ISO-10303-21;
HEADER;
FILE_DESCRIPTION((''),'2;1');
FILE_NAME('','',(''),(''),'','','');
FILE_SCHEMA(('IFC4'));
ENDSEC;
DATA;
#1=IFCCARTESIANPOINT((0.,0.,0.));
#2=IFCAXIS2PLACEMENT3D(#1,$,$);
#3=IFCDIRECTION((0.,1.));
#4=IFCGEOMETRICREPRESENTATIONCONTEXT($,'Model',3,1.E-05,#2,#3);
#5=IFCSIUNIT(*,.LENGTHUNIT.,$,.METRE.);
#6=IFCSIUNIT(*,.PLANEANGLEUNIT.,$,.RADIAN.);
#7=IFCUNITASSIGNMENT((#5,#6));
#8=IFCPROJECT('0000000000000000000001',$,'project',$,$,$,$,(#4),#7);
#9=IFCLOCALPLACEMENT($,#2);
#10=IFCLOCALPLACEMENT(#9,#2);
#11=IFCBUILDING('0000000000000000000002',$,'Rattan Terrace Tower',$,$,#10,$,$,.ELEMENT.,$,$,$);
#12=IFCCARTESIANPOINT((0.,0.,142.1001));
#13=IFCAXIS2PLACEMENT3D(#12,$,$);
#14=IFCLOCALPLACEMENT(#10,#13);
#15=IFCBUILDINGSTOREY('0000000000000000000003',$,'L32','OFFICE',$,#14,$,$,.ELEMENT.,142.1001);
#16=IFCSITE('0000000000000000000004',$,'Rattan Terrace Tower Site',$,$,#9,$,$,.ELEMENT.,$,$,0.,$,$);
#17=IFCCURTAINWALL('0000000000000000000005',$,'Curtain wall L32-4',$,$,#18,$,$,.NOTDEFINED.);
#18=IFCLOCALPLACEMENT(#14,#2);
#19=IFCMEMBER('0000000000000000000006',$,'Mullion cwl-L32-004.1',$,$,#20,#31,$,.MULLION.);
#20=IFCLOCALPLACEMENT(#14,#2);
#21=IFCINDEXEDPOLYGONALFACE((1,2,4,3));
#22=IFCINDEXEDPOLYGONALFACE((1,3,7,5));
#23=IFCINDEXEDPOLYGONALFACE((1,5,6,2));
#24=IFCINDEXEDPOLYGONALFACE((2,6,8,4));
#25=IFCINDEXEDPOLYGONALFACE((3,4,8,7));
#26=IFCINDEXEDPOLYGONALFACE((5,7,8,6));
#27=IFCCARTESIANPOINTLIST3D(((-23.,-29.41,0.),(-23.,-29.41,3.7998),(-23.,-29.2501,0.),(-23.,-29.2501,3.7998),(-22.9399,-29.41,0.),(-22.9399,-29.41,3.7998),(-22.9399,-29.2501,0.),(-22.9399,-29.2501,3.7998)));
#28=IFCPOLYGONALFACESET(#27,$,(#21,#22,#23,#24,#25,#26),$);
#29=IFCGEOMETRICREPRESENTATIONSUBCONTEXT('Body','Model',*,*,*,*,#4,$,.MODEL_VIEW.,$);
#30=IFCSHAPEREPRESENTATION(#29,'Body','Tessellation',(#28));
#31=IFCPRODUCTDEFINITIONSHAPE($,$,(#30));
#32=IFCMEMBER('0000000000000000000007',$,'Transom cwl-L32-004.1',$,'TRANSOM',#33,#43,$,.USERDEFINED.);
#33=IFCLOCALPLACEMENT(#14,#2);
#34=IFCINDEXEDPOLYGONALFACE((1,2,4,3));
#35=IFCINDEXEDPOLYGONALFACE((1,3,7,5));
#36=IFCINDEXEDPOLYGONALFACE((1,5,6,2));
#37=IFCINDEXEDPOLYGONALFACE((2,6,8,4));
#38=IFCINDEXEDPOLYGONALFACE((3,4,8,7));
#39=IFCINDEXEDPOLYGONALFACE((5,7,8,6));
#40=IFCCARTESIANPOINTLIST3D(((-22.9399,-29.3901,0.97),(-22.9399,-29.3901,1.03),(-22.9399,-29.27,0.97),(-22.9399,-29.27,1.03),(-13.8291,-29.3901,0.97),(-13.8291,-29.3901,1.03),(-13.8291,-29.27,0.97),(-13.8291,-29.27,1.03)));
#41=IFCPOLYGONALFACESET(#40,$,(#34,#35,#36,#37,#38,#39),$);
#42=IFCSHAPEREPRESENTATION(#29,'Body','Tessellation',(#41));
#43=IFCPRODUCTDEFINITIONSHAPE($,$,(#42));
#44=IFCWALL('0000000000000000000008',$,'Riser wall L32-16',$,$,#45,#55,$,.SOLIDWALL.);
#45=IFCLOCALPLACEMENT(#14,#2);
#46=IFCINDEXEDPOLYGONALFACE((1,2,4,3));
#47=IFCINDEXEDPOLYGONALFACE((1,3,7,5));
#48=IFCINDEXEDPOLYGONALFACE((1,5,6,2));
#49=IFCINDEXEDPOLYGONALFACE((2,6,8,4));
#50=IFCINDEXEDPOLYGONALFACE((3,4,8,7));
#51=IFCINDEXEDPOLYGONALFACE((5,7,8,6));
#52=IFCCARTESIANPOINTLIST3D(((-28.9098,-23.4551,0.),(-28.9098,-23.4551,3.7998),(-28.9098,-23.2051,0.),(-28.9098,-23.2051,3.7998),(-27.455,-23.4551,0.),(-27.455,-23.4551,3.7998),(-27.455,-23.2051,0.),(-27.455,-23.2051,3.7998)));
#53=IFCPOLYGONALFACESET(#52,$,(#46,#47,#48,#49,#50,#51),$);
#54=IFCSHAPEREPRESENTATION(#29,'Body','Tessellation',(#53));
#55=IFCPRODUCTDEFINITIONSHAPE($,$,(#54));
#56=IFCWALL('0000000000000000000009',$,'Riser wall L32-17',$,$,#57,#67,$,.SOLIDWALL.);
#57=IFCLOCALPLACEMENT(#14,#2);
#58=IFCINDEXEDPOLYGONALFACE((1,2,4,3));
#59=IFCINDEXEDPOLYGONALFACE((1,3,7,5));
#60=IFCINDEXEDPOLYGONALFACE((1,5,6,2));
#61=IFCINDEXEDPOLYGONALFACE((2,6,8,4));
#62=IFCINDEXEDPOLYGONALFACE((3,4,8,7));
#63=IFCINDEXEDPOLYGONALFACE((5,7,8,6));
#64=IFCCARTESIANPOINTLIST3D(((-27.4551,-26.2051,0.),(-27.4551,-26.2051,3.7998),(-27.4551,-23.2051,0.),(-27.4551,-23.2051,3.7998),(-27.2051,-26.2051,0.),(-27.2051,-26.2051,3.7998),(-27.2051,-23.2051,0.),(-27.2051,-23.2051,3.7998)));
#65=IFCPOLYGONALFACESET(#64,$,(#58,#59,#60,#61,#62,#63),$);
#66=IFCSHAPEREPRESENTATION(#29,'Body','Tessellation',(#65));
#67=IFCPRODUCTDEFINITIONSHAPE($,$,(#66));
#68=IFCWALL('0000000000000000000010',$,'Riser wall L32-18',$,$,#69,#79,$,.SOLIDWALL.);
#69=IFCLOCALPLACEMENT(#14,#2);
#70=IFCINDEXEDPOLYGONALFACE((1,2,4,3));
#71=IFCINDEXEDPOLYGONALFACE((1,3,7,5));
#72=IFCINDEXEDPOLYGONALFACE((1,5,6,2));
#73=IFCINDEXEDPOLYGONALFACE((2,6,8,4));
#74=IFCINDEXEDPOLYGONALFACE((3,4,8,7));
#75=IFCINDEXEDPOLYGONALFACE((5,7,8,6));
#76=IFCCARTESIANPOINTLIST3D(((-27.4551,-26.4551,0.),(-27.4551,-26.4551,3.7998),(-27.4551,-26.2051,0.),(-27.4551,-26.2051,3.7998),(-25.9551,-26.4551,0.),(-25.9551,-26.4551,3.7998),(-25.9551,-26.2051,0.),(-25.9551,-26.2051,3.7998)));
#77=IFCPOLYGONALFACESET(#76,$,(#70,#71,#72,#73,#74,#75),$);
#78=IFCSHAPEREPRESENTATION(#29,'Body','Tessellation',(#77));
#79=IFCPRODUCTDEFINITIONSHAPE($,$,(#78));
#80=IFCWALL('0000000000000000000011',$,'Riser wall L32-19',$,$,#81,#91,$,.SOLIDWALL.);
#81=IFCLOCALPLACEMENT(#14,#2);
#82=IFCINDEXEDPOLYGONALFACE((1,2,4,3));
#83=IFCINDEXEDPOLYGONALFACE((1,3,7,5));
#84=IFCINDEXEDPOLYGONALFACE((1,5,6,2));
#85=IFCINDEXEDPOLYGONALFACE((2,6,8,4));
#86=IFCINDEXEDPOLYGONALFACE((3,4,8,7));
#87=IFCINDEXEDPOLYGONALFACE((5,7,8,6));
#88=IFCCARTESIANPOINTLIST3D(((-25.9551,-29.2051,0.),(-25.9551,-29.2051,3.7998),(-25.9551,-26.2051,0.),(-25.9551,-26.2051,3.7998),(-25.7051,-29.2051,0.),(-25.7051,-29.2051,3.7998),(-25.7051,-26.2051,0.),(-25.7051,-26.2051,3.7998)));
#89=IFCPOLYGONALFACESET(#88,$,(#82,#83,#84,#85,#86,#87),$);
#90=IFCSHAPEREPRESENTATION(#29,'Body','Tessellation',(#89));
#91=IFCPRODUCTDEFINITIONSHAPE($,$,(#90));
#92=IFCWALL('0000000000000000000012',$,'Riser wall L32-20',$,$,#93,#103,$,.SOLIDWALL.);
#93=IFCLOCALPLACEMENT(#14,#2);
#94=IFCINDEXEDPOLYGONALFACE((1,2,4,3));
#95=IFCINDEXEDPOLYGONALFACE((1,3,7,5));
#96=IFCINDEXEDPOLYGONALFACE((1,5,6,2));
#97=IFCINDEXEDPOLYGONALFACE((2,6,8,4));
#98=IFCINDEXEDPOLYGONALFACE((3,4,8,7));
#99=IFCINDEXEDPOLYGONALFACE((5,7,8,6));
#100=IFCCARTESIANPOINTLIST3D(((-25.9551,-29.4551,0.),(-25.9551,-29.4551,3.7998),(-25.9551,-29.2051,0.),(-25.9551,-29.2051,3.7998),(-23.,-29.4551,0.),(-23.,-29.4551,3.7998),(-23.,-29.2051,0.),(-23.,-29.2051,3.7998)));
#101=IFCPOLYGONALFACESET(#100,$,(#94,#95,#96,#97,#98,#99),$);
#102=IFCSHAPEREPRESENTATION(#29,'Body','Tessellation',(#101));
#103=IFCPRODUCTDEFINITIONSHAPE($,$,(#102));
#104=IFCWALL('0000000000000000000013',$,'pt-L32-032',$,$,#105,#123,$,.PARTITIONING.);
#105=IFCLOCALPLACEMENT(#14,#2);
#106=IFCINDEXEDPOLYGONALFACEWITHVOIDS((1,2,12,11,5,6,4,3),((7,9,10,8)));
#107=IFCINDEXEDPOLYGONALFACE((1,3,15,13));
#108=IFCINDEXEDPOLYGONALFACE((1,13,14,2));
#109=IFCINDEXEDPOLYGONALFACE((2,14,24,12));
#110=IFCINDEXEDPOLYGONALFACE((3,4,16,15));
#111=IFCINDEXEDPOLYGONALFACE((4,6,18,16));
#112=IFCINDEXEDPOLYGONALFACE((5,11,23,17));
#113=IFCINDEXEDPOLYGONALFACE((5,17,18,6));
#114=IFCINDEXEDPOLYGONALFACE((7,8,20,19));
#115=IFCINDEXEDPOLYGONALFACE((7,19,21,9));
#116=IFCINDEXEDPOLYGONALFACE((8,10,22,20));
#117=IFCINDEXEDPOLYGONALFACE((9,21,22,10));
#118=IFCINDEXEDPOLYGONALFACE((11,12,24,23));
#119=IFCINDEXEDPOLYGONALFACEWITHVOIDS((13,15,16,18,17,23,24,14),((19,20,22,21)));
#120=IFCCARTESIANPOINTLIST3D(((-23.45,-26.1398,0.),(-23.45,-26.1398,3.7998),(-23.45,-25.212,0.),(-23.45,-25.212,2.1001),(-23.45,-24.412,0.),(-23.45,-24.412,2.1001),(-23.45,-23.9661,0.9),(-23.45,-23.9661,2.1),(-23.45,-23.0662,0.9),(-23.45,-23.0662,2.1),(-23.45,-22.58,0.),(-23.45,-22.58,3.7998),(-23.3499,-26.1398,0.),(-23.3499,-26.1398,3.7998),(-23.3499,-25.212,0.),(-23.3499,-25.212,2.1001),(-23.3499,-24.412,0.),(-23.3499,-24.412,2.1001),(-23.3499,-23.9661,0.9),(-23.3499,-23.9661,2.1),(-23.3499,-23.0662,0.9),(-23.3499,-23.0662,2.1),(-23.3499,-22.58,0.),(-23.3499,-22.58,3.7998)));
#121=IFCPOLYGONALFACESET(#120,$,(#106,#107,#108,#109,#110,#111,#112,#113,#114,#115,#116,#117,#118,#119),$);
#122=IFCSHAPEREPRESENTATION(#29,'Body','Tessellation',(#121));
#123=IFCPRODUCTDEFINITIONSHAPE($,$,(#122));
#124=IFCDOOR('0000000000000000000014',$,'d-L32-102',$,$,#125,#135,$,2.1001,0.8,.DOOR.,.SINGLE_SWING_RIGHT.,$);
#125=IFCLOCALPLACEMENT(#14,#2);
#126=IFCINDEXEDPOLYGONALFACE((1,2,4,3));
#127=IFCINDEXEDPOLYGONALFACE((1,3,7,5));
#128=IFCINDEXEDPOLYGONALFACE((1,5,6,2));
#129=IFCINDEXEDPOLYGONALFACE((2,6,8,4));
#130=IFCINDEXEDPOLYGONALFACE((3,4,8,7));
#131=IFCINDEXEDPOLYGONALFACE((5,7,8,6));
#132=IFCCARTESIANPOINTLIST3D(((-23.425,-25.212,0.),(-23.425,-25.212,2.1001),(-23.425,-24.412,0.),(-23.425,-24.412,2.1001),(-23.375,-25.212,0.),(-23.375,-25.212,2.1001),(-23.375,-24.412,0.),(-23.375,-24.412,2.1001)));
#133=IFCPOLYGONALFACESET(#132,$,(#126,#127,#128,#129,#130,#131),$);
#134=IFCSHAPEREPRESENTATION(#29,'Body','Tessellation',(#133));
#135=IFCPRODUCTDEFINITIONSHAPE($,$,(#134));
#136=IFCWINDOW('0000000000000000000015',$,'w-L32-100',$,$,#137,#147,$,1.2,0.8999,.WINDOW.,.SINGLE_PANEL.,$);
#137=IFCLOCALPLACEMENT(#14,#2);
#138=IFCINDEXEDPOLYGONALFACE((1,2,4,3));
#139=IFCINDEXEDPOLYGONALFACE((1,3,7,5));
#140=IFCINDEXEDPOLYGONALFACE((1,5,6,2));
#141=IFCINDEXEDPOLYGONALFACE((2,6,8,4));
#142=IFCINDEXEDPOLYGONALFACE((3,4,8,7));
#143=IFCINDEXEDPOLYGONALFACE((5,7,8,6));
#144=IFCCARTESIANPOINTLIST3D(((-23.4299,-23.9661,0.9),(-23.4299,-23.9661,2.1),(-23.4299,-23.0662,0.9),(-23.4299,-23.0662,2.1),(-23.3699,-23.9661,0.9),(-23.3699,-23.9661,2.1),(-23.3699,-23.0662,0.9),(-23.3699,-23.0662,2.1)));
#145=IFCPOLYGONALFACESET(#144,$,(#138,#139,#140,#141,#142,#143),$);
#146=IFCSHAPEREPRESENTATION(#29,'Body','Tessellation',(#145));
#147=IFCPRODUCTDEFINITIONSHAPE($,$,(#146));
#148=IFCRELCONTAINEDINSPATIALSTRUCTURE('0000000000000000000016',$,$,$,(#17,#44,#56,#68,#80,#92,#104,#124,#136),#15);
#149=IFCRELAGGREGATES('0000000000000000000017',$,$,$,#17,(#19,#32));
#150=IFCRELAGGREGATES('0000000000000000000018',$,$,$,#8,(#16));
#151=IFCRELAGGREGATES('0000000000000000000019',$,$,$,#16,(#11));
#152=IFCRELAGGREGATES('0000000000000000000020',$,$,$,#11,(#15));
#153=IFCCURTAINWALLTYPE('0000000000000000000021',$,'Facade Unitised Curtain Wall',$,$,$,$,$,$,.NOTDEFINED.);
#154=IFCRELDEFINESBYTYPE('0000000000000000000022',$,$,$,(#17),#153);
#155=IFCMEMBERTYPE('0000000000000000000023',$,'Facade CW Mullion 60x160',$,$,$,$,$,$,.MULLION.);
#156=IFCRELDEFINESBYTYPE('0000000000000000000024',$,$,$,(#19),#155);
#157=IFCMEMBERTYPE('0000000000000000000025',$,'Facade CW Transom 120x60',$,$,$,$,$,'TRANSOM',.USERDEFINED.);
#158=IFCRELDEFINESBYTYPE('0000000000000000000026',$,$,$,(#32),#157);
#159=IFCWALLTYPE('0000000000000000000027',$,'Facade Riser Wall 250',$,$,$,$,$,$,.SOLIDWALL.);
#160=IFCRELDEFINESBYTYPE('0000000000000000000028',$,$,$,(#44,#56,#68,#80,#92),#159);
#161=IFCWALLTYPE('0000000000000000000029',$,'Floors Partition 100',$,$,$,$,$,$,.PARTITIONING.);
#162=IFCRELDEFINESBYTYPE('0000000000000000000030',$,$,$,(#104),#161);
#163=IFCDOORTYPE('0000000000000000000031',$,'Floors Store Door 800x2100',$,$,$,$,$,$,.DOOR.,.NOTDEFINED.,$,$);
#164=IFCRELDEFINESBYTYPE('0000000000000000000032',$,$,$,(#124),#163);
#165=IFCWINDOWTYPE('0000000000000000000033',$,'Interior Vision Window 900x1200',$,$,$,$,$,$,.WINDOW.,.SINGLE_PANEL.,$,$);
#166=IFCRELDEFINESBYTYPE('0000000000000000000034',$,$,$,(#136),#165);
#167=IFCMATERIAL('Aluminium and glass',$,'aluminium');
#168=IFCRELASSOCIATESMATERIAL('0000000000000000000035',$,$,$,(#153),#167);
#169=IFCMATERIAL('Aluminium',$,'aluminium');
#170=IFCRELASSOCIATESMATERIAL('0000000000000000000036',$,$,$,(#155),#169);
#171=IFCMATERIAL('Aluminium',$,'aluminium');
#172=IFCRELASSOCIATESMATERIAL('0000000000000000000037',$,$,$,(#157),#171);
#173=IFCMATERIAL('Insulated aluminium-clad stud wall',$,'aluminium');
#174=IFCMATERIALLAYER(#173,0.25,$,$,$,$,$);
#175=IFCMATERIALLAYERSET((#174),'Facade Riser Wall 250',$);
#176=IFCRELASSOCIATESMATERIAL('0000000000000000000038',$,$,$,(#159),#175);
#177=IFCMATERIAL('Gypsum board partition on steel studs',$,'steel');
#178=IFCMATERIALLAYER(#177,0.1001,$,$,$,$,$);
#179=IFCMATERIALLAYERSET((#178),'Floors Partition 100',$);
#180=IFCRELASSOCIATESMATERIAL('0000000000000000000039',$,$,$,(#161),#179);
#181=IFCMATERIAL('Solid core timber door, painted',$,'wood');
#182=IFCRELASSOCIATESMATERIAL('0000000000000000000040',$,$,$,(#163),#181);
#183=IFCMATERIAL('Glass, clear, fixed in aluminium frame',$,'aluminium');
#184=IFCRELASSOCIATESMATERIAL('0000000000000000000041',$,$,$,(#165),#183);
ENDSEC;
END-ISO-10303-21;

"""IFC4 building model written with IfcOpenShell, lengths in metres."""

from ifc_helpers import new_model, si_unit, direction, frame, frame_2d, origin, origin_2d, place, context, subcontext, project, spatial, rectangle, extrude, material, layer, layer_set, material_profile, profile_set, type_object, element, fill, aggregate, save


model = new_model("IFC4")

# Units and contexts
model_context = context("Model", 3, precision=1e-05, world=origin(), true_north=direction((0.0, 1.0)))
body_context = subcontext(model_context, "Body", "Model", "MODEL_VIEW")
ifc_project = project(units=[si_unit("LENGTHUNIT", "METRE"), si_unit("PLANEANGLEUNIT", "RADIAN")], contexts=[model_context])

# Site, building, storey
site_placement = place(None, origin())
site = spatial("IfcSite", under=ifc_project, at=site_placement, Name="Rattan Terrace Tower Site", CompositionType="ELEMENT", RefElevation=0.0)
building_placement = place(site_placement, origin())
building = spatial("IfcBuilding", under=site, at=building_placement, Name="Rattan Terrace Tower", CompositionType="ELEMENT")
storey_placement = place(building_placement, frame((0.0, 0.0, 142.1001)))
storey = spatial("IfcBuildingStorey", under=building, at=storey_placement, Name="L32", Description="OFFICE", CompositionType="ELEMENT", Elevation=142.1001)

# Curtain wall, members
ifc_material_1 = material(Name="Aluminium and glass", Category="aluminium")
curtain_wall_type = type_object("IfcCurtainWallType", Name="Facade Unitised Curtain Wall", PredefinedType="NOTDEFINED", material=ifc_material_1)
curtain_wall_placement = place(storey_placement, origin())
curtain_wall = element("IfcCurtainWall", 1, at=curtain_wall_placement, inside=storey, type_object=curtain_wall_type, Name="Curtain wall L32-4", PredefinedType="NOTDEFINED")
ifc_material_2 = material(Name="Aluminium", Category="aluminium")
ifc_material_profile_1 = material_profile(ifc_material_2, rectangle(XDim=0.0601, YDim=0.1599, at=origin_2d()), Name="Aluminium 60x160")
ifc_profile_set_1 = profile_set([ifc_material_profile_1], Name="Aluminium")
member_type_1 = type_object("IfcMemberType", Name="Facade CW Mullion 60x160", PredefinedType="MULLION", material=ifc_profile_set_1)
member_1_placement = place(storey_placement, frame((-22.97, -29.3301, 0.0), z_axis=(0.0, 0.0, 1.0), x_axis=(1.0, 0.0, 0.0)))
member_1 = element("IfcMember", 2, at=member_1_placement, type_object=member_type_1, Name="Mullion cwl-L32-004.1", PredefinedType="MULLION", context=body_context, shape_type="SweptSolid", body=[
    extrude(rectangle(XDim=0.0601, YDim=0.1599, at=origin_2d()), origin(), (0.0, 0.0, 1.0), 3.7998),
])
ifc_material_3 = material(Name="Aluminium", Category="aluminium")
ifc_material_profile_2 = material_profile(ifc_material_3, rectangle(XDim=0.1201, YDim=0.0601, at=origin_2d()), Name="Aluminium 120x60")
ifc_profile_set_2 = profile_set([ifc_material_profile_2], Name="Aluminium")
member_type_2 = type_object("IfcMemberType", Name="Facade CW Transom 120x60", ElementType="TRANSOM", PredefinedType="USERDEFINED", material=ifc_profile_set_2)
member_2_placement = place(storey_placement, frame((-22.9399, -29.3301, 1.0), z_axis=(1.0, 0.0, 0.0), x_axis=(0.0, 1.0, 0.0)))
member_2 = element("IfcMember", 3, at=member_2_placement, type_object=member_type_2, Name="Transom cwl-L32-004.1", ObjectType="TRANSOM", PredefinedType="USERDEFINED", context=body_context, shape_type="SweptSolid", body=[
    extrude(rectangle(XDim=0.1201, YDim=0.0601, at=origin_2d()), origin(), (0.0, 0.0, 1.0), 9.1108),
])
aggregate(curtain_wall, [member_1, member_2])

# Walls
ifc_material_4 = material(Name="Insulated aluminium-clad stud wall", Category="aluminium")
ifc_layer_1 = layer(ifc_material_4, 0.25)
ifc_layer_set_1 = layer_set([ifc_layer_1], Name="Facade Riser Wall 250")
wall_type_1 = type_object("IfcWallType", Name="Facade Riser Wall 250", PredefinedType="SOLIDWALL", material=ifc_layer_set_1)
wall_1_placement = place(storey_placement, frame((-28.9099, -23.3301, 0.0), z_axis=(0.0, 0.0, 1.0), x_axis=(1.0, 0.0, 0.0)))
element("IfcWall", 4, at=wall_1_placement, inside=storey, type_object=wall_type_1, Name="Riser wall L32-16", PredefinedType="SOLIDWALL", context=body_context, shape_type="SweptSolid", body=[
    extrude(rectangle(XDim=1.4548, YDim=0.25, at=frame_2d((0.7275, 0.0))), origin(), (0.0, 0.0, 1.0), 3.7998),
])
wall_2_placement = place(storey_placement, frame((-27.3301, -23.2051, 0.0), z_axis=(0.0, 0.0, 1.0), x_axis=(0.0, -1.0, 0.0)))
element("IfcWall", 5, at=wall_2_placement, inside=storey, type_object=wall_type_1, Name="Riser wall L32-17", PredefinedType="SOLIDWALL", context=body_context, shape_type="SweptSolid", body=[
    extrude(rectangle(XDim=3.0, YDim=0.25, at=frame_2d((1.5, 0.0))), origin(), (0.0, 0.0, 1.0), 3.7998),
])
wall_3_placement = place(storey_placement, frame((-27.4551, -26.3301, 0.0), z_axis=(0.0, 0.0, 1.0), x_axis=(1.0, 0.0, 0.0)))
element("IfcWall", 6, at=wall_3_placement, inside=storey, type_object=wall_type_1, Name="Riser wall L32-18", PredefinedType="SOLIDWALL", context=body_context, shape_type="SweptSolid", body=[
    extrude(rectangle(XDim=1.5, YDim=0.25, at=frame_2d((0.75, 0.0))), origin(), (0.0, 0.0, 1.0), 3.7998),
])
wall_4_placement = place(storey_placement, frame((-25.8301, -26.2051, 0.0), z_axis=(0.0, 0.0, 1.0), x_axis=(0.0, -1.0, 0.0)))
element("IfcWall", 7, at=wall_4_placement, inside=storey, type_object=wall_type_1, Name="Riser wall L32-19", PredefinedType="SOLIDWALL", context=body_context, shape_type="SweptSolid", body=[
    extrude(rectangle(XDim=3.0, YDim=0.25, at=frame_2d((1.5, 0.0))), origin(), (0.0, 0.0, 1.0), 3.7998),
])
wall_5_placement = place(storey_placement, frame((-25.9551, -29.3301, 0.0), z_axis=(0.0, 0.0, 1.0), x_axis=(1.0, 0.0, 0.0)))
element("IfcWall", 8, at=wall_5_placement, inside=storey, type_object=wall_type_1, Name="Riser wall L32-20", PredefinedType="SOLIDWALL", context=body_context, shape_type="SweptSolid", body=[
    extrude(rectangle(XDim=2.9551, YDim=0.25, at=frame_2d((1.4775, 0.0))), origin(), (0.0, 0.0, 1.0), 3.7998),
])

# Wall, openings, door, window
ifc_material_5 = material(Name="Gypsum board partition on steel studs", Category="steel")
ifc_layer_2 = layer(ifc_material_5, 0.1001)
ifc_layer_set_2 = layer_set([ifc_layer_2], Name="Floors Partition 100")
wall_type_2 = type_object("IfcWallType", Name="Floors Partition 100", PredefinedType="PARTITIONING", material=ifc_layer_set_2)
wall_6_placement = place(storey_placement, frame((-23.3999, -22.5801, 0.0), z_axis=(0.0, 0.0, 1.0), x_axis=(0.0, -1.0, 0.0)))
wall_6 = element("IfcWall", 9, at=wall_6_placement, inside=storey, type_object=wall_type_2, Name="pt-L32-032", PredefinedType="PARTITIONING", context=body_context, shape_type="SweptSolid", body=[
    extrude(rectangle(XDim=3.5598, YDim=0.1001, at=frame_2d((1.7798, 0.0))), origin(), (0.0, 0.0, 1.0), 3.7998),
])
opening_1_placement = place(wall_6_placement, frame((1.832, 0.0, 0.0)))
opening_1 = element("IfcOpeningElement", 10, at=opening_1_placement, cuts=wall_6, PredefinedType="OPENING", context=body_context, shape_type="SweptSolid", body=[
    extrude(rectangle(XDim=0.8, YDim=2.1001, at=frame_2d((0.3999, 1.05))), frame((0.0, 0.0605, 0.0), z_axis=(0.0, -1.0, 0.0), x_axis=(1.0, 0.0, 0.0)), (0.0, 0.0, 1.0), 0.1211),
])
opening_2_placement = place(wall_6_placement, frame((0.4861, 0.0, 0.8999)))
opening_2 = element("IfcOpeningElement", 11, at=opening_2_placement, cuts=wall_6, PredefinedType="OPENING", context=body_context, shape_type="SweptSolid", body=[
    extrude(rectangle(XDim=0.8999, YDim=1.2, at=frame_2d((0.45, 0.6001))), frame((0.0, 0.0605, 0.0), z_axis=(0.0, -1.0, 0.0), x_axis=(1.0, 0.0, 0.0)), (0.0, 0.0, 1.0), 0.1211),
])
ifc_material_6 = material(Name="Solid core timber door, painted", Category="wood")
door_type_1 = type_object("IfcDoorType", Name="Floors Store Door 800x2100", OperationType="NOTDEFINED", PredefinedType="DOOR", material=ifc_material_6)
door_1_placement = place(opening_1_placement, origin())
door_1 = element("IfcDoor", 12, at=door_1_placement, inside=storey, type_object=door_type_1, Name="d-L32-102", OperationType="SINGLE_SWING_RIGHT", OverallHeight=2.1001, OverallWidth=0.8, PredefinedType="DOOR", context=body_context, shape_type="SweptSolid", body=[
    extrude(rectangle(XDim=0.8, YDim=2.1001, at=frame_2d((0.3999, 1.05))), frame((0.0, 0.0249, 0.0), z_axis=(0.0, -1.0, 0.0), x_axis=(1.0, 0.0, 0.0)), (0.0, 0.0, 1.0), 0.05),
])
fill(opening_1, door_1)
ifc_material_7 = material(Name="Glass, clear, fixed in aluminium frame", Category="aluminium")
window_type = type_object("IfcWindowType", Name="Interior Vision Window 900x1200", PartitioningType="SINGLE_PANEL", PredefinedType="WINDOW", material=ifc_material_7)
window_placement = place(opening_2_placement, origin())
window = element("IfcWindow", 13, at=window_placement, inside=storey, type_object=window_type, Name="w-L32-100", OverallHeight=1.2, OverallWidth=0.8999, PartitioningType="SINGLE_PANEL", PredefinedType="WINDOW", context=body_context, shape_type="SweptSolid", body=[
    extrude(rectangle(XDim=0.8999, YDim=1.2, at=frame_2d((0.45, 0.6001))), frame((0.0, 0.03, 0.0), z_axis=(0.0, -1.0, 0.0), x_axis=(1.0, 0.0, 0.0)), (0.0, 0.0, 1.0), 0.0601),
])
fill(opening_2, window)

save(model, "model.ifc")
